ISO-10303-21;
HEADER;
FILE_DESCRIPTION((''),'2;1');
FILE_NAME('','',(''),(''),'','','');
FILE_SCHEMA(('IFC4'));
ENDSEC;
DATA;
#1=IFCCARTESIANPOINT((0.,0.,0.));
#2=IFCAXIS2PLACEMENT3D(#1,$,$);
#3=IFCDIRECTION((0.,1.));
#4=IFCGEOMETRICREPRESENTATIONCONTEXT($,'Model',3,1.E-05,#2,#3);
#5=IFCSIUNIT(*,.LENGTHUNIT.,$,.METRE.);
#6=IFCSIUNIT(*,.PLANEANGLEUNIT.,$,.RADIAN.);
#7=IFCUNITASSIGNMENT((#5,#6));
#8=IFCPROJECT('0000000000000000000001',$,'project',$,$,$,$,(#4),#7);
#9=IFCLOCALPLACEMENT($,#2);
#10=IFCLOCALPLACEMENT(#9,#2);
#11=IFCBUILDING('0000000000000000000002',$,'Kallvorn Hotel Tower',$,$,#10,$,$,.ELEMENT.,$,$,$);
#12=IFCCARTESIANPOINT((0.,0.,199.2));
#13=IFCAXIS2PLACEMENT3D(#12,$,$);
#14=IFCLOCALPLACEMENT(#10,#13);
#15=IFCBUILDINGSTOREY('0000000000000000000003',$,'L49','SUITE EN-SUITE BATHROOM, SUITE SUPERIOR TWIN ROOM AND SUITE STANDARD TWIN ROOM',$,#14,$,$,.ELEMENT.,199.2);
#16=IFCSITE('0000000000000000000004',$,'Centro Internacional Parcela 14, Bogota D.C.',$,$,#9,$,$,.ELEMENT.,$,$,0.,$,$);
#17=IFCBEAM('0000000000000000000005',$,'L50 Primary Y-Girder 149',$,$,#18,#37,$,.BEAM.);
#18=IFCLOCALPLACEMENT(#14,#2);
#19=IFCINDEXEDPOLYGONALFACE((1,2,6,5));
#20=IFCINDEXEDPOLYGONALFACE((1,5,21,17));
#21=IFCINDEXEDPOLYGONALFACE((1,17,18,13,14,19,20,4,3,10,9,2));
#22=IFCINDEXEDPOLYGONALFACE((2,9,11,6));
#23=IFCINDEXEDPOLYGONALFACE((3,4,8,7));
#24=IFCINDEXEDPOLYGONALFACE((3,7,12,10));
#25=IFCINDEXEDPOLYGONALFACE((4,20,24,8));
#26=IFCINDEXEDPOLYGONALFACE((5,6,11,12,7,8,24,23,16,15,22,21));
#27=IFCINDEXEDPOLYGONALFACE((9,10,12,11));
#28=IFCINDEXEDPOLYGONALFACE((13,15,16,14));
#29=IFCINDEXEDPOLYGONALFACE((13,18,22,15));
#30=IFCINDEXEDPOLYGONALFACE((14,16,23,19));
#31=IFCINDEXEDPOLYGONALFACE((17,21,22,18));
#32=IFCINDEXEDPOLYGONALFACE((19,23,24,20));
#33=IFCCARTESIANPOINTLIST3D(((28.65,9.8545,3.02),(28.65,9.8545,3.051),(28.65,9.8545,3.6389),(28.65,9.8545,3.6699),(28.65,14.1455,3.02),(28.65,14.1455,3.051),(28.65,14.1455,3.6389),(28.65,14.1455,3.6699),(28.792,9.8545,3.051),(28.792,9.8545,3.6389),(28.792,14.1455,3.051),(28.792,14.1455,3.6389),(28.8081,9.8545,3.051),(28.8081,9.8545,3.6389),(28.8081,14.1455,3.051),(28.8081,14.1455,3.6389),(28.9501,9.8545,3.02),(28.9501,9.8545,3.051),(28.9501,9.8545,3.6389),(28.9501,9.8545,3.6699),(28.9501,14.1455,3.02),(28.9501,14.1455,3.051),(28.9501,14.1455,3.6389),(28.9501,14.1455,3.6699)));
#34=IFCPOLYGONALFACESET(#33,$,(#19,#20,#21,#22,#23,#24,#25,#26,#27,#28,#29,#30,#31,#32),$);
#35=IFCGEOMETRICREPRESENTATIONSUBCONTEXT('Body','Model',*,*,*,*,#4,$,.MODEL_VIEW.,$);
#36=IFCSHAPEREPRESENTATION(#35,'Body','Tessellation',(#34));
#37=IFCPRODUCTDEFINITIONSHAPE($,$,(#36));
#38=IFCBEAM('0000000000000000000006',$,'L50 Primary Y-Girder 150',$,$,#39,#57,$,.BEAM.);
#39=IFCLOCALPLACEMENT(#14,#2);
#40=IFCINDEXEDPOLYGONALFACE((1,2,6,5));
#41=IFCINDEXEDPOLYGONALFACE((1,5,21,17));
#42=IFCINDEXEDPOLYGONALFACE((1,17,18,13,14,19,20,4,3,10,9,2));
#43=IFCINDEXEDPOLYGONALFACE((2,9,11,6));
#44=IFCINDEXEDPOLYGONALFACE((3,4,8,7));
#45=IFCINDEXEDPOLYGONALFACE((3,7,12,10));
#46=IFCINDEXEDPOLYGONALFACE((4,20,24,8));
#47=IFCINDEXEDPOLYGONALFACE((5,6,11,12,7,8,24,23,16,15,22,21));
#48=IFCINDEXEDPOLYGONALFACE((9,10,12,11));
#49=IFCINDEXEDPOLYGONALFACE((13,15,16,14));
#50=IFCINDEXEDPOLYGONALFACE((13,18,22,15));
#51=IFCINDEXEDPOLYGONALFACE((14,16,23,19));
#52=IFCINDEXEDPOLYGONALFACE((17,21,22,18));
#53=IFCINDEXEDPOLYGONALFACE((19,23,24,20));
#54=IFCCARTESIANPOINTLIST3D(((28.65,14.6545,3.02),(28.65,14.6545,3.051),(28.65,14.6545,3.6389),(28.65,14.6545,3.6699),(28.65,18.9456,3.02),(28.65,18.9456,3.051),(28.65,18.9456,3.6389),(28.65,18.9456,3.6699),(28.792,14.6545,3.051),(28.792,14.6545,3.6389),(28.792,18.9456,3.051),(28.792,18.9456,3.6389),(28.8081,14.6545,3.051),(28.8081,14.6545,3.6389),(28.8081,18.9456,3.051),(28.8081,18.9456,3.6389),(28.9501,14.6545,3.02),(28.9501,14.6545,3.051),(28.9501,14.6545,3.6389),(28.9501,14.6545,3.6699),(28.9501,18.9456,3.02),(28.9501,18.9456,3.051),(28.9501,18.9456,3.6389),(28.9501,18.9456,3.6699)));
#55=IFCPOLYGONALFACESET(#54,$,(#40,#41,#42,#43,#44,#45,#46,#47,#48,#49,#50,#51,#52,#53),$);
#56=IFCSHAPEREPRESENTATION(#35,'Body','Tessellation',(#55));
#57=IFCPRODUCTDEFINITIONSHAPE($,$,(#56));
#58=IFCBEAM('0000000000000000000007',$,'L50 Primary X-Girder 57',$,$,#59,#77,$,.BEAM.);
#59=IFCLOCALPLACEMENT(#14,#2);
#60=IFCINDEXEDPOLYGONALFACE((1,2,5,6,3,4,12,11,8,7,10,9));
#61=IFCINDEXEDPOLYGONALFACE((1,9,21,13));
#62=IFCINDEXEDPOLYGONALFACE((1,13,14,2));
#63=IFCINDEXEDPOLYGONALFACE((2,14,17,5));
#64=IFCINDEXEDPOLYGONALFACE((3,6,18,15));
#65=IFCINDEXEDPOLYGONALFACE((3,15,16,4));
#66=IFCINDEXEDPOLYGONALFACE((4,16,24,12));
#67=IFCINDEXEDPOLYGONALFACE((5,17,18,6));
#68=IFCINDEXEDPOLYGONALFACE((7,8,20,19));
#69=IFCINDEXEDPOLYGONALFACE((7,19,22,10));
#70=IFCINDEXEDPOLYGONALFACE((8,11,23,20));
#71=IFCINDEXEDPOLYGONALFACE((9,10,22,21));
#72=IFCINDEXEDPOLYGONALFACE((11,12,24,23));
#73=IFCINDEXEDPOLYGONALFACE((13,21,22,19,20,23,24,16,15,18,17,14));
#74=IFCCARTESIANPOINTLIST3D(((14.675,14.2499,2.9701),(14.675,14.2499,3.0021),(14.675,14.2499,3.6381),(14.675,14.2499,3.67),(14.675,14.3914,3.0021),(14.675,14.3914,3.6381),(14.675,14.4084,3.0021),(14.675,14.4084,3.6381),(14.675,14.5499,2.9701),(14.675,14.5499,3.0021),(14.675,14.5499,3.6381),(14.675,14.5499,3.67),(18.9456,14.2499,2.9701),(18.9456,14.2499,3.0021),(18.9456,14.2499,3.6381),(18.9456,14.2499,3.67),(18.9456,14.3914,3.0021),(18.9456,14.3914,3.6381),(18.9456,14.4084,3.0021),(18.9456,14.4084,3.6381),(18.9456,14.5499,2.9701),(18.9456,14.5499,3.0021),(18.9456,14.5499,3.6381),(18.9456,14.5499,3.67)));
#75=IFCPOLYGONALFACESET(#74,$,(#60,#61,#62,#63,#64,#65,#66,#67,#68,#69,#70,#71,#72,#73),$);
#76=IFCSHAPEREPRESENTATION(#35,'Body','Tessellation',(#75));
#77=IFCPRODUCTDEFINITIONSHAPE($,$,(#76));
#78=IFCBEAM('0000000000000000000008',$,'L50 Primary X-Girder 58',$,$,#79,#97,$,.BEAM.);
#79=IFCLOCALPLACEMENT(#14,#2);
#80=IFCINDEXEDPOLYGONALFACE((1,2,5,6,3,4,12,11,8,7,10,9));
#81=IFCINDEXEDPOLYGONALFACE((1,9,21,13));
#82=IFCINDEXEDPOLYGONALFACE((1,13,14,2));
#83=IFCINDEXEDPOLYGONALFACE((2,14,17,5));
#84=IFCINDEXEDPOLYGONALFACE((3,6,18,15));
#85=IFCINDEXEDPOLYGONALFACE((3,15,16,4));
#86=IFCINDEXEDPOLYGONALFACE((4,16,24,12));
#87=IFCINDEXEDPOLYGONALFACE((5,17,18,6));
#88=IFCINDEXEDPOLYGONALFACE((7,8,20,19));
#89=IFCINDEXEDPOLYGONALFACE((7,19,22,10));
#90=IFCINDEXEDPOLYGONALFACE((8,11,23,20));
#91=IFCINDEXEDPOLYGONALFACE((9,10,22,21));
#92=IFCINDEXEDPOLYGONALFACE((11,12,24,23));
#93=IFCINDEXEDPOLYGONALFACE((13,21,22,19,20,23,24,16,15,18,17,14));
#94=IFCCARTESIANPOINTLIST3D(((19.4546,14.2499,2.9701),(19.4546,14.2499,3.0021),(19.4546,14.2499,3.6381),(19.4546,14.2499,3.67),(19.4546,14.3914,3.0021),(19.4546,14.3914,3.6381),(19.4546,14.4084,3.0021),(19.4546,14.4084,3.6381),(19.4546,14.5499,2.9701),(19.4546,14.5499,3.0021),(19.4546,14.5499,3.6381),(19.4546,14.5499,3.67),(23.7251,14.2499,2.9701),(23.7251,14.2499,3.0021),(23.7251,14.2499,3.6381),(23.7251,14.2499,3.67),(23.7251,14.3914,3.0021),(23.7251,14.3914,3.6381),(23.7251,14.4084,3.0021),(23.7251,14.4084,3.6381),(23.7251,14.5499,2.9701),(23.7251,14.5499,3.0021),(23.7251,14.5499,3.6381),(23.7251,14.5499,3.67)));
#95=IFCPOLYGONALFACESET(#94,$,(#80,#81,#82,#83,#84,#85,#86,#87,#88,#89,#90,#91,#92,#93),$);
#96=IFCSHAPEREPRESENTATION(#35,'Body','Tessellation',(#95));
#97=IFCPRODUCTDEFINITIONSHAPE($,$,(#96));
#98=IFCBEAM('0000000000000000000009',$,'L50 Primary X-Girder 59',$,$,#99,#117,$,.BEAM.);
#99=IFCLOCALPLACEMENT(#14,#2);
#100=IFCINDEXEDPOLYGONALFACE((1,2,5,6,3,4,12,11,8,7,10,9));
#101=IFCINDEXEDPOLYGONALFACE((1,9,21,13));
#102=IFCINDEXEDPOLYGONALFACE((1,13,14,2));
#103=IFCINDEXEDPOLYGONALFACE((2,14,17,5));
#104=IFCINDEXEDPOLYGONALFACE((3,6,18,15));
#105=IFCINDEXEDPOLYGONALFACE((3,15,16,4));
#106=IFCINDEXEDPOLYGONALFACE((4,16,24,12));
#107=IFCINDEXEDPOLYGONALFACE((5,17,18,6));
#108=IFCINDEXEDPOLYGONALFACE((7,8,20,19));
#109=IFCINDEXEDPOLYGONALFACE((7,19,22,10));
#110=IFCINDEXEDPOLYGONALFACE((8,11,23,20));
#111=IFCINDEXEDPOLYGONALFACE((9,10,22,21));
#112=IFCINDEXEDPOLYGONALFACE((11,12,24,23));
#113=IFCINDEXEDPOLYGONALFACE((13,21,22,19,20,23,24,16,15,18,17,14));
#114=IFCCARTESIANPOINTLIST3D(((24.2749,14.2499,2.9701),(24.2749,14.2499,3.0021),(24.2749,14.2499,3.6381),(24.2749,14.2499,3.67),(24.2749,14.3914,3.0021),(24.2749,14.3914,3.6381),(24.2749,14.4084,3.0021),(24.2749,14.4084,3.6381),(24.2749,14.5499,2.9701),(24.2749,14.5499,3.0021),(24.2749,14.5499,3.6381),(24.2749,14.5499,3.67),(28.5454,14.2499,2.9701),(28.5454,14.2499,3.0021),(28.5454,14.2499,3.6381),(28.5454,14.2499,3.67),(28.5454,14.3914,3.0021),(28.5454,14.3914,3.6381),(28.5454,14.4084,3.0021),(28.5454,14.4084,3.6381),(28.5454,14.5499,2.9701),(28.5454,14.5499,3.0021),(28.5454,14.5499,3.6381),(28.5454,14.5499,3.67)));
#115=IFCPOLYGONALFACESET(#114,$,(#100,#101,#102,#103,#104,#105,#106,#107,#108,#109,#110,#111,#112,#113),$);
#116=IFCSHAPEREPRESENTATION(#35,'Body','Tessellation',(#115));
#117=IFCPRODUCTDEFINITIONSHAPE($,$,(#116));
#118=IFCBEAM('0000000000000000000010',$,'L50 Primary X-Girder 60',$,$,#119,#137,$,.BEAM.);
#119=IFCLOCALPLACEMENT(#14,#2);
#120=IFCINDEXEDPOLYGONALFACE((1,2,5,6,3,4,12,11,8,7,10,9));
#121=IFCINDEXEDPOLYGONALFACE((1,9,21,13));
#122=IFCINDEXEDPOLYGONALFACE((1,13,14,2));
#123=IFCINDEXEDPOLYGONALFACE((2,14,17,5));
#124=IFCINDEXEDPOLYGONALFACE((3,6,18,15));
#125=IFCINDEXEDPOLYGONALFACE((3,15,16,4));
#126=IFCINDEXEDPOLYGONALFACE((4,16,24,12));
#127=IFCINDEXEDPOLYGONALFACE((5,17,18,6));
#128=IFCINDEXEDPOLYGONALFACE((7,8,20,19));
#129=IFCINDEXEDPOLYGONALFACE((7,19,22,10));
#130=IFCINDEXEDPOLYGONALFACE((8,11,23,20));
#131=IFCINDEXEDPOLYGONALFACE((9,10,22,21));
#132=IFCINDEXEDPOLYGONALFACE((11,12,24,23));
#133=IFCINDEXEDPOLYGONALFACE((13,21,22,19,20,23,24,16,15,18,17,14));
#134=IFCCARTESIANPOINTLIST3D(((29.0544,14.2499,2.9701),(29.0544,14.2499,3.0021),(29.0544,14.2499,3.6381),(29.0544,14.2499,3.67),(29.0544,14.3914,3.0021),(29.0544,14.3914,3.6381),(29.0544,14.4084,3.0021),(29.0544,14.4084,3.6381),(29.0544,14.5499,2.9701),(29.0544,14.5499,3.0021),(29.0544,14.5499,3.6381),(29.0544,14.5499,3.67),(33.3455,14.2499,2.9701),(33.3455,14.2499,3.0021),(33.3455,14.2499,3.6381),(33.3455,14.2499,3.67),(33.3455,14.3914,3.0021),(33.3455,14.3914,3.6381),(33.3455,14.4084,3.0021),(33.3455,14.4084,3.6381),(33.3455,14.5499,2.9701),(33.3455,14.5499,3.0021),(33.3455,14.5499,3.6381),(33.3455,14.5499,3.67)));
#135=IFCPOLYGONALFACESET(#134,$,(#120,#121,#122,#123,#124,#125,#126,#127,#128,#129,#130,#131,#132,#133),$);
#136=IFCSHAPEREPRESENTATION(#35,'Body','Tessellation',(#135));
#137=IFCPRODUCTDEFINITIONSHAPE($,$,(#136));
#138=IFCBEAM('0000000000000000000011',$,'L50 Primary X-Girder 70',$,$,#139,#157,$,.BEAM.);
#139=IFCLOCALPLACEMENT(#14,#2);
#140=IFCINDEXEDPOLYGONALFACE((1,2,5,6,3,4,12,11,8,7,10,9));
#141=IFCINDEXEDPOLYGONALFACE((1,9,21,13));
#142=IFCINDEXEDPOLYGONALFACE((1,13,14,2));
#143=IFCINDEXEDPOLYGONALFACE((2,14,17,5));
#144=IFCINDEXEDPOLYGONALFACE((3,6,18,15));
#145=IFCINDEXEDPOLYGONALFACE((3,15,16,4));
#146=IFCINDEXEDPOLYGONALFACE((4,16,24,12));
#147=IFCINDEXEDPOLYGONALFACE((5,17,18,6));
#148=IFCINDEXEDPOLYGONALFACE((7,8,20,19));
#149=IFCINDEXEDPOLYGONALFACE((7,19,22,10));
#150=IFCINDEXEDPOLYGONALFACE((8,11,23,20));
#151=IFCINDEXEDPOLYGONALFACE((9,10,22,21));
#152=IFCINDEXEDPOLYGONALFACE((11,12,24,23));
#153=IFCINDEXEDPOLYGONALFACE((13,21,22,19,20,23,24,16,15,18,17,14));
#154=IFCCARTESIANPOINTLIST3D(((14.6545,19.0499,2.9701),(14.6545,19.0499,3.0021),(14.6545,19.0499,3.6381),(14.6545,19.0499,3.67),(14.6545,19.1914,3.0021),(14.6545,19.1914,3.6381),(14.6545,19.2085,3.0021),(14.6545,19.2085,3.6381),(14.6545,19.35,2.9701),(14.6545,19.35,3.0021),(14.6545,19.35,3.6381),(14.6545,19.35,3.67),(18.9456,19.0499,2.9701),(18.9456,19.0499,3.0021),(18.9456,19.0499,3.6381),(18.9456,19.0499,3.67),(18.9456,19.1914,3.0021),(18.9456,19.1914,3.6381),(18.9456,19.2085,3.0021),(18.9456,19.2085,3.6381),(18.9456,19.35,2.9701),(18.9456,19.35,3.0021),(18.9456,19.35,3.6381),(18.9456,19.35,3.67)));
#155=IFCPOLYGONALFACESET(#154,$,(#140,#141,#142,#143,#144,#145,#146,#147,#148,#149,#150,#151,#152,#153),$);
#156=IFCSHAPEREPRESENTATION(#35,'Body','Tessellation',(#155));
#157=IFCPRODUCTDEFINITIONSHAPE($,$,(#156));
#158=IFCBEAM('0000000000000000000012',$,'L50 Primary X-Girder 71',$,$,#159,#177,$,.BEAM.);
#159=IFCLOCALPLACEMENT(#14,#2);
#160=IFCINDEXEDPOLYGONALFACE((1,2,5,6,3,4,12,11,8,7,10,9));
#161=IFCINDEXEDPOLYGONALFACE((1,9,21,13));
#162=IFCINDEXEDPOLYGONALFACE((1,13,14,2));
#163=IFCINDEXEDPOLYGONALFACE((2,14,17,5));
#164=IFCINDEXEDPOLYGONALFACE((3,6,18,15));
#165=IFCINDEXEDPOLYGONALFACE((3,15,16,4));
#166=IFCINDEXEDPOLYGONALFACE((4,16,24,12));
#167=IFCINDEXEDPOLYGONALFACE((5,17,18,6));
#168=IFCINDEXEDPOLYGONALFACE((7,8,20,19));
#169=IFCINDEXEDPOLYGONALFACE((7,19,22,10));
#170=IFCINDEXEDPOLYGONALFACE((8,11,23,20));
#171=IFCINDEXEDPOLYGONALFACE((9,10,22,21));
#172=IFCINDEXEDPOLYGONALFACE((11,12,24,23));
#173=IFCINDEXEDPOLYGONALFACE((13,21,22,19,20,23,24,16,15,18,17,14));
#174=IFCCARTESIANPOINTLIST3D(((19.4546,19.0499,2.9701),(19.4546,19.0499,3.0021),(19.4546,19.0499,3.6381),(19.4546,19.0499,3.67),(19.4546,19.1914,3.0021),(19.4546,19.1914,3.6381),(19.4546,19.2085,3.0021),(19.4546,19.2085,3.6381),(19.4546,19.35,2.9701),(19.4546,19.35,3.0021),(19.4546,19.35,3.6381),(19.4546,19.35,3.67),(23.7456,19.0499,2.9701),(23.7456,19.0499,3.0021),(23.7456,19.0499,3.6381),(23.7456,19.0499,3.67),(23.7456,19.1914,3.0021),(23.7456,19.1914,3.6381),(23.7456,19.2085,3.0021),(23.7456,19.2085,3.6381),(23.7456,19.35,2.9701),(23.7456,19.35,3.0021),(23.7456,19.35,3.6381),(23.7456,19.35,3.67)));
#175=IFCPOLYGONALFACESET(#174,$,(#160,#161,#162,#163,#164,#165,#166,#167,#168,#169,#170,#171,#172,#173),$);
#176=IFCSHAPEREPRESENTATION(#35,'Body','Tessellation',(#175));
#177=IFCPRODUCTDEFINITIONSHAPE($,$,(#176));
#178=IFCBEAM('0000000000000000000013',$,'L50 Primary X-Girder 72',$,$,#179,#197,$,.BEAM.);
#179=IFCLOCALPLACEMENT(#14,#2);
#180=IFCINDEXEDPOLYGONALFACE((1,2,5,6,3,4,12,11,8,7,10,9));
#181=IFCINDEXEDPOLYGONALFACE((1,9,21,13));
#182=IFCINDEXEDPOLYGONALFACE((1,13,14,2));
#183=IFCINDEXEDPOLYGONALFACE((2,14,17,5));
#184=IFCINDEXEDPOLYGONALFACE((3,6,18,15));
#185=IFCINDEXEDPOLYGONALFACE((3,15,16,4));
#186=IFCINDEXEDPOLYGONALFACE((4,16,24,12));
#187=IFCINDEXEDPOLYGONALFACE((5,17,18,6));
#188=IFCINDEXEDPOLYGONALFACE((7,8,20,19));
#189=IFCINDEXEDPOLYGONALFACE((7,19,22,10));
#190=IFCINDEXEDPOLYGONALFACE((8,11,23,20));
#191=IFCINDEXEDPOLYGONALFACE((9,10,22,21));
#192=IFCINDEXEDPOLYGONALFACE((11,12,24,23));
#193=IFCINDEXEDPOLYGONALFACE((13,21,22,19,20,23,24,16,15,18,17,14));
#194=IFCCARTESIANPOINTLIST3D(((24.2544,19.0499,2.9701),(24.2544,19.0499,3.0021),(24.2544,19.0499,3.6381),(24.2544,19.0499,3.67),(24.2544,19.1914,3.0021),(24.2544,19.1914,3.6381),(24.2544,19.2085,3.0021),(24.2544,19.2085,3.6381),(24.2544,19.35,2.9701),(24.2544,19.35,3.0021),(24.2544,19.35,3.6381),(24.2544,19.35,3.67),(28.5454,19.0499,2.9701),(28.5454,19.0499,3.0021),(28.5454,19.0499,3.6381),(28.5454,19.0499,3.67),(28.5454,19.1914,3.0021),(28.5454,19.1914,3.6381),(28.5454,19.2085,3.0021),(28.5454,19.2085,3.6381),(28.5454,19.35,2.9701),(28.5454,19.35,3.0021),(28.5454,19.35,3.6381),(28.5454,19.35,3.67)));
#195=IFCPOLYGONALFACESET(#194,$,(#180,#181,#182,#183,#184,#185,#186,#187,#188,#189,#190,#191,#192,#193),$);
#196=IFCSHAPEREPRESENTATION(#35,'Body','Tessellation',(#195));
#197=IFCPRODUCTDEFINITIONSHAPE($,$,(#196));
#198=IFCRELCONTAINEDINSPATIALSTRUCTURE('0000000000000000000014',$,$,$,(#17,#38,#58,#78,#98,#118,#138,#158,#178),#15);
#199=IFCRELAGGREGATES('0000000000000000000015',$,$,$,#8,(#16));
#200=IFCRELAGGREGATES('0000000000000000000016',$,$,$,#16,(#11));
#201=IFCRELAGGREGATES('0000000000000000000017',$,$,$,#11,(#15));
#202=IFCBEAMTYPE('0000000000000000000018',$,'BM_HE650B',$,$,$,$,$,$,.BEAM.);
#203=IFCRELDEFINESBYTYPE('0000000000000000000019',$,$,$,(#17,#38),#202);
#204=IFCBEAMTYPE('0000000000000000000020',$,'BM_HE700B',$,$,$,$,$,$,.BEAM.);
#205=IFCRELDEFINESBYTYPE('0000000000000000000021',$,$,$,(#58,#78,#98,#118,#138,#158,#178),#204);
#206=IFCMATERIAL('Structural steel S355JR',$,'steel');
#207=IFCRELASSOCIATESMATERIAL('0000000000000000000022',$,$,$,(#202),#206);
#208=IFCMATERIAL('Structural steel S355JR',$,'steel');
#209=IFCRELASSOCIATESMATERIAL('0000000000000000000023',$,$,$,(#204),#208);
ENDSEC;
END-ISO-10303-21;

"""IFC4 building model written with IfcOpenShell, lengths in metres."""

from ifc_helpers import new_model, si_unit, direction, frame, origin, origin_2d, place, context, subcontext, project, spatial, i_section, extrude, material, material_profile, profile_set, type_object, element, save


model = new_model("IFC4")

# Units and contexts
model_context = context("Model", 3, precision=1e-05, world=origin(), true_north=direction((0.0, 1.0)))
body_context = subcontext(model_context, "Body", "Model", "MODEL_VIEW")
ifc_project = project(units=[si_unit("LENGTHUNIT", "METRE"), si_unit("PLANEANGLEUNIT", "RADIAN")], contexts=[model_context])

# Site, building, storey
site_placement = place(None, origin())
site = spatial("IfcSite", under=ifc_project, at=site_placement, Name="Centro Internacional Parcela 14, Bogota D.C.", CompositionType="ELEMENT", RefElevation=0.0)
building_placement = place(site_placement, origin())
building = spatial("IfcBuilding", under=site, at=building_placement, Name="Kallvorn Hotel Tower", CompositionType="ELEMENT")
storey_placement = place(building_placement, frame((0.0, 0.0, 199.2)))
storey = spatial("IfcBuildingStorey", under=building, at=storey_placement, Name="L49", Description="SUITE EN-SUITE BATHROOM, SUITE SUPERIOR TWIN ROOM AND SUITE STANDARD TWIN ROOM", CompositionType="ELEMENT", Elevation=199.2)

# Beams
ifc_material_1 = material(Name="Structural steel S355JR", Category="steel")
ifc_material_profile_1 = material_profile(ifc_material_1, i_section(OverallWidth=0.3, OverallDepth=0.6499, WebThickness=0.0161, FlangeThickness=0.031, at=origin_2d()), Name="HE 650 B")
ifc_profile_set_1 = profile_set([ifc_material_profile_1], Name="Structural steel S355JR")
beam_type_1 = type_object("IfcBeamType", Name="BM_HE650B", PredefinedType="BEAM", material=ifc_profile_set_1)
for number, where, z_axis, x_axis, name in (
    (1, (28.8, 9.8545, 3.345), (0.0, 1.0, 0.0), (-1.0, 0.0, 0.0), "L50 Primary Y-Girder 149"),
    (2, (28.8, 14.6545, 3.345), (0.0, 1.0, 0.0), (-1.0, 0.0, 0.0), "L50 Primary Y-Girder 150"),
):
    element("IfcBeam", number, at=place(storey_placement, frame(where, z_axis=z_axis, x_axis=x_axis)), inside=storey, type_object=beam_type_1, Name=name, PredefinedType="BEAM", context=body_context, shape_type="SweptSolid", body=[
        extrude(i_section(OverallWidth=0.3, OverallDepth=0.6499, WebThickness=0.0161, FlangeThickness=0.031, at=origin_2d()), origin(), (0.0, 0.0, 1.0), 4.291),
    ])
ifc_material_2 = material(Name="Structural steel S355JR", Category="steel")
ifc_material_profile_2 = material_profile(ifc_material_2, i_section(OverallWidth=0.3, OverallDepth=0.7, WebThickness=0.0171, FlangeThickness=0.032, at=origin_2d()), Name="HE 700 B")
ifc_profile_set_2 = profile_set([ifc_material_profile_2], Name="Structural steel S355JR")
beam_type_2 = type_object("IfcBeamType", Name="BM_HE700B", PredefinedType="BEAM", material=ifc_profile_set_2)
for number, where, z_axis, x_axis, name in (
    (3, (14.675, 14.3999, 3.3201), (1.0, 0.0, 0.0), (0.0, 1.0, 0.0), "L50 Primary X-Girder 57"),
    (4, (19.4546, 14.3999, 3.3201), (1.0, 0.0, 0.0), (0.0, 1.0, 0.0), "L50 Primary X-Girder 58"),
    (5, (24.2749, 14.3999, 3.3201), (1.0, 0.0, 0.0), (0.0, 1.0, 0.0), "L50 Primary X-Girder 59"),
):
    element("IfcBeam", number, at=place(storey_placement, frame(where, z_axis=z_axis, x_axis=x_axis)), inside=storey, type_object=beam_type_2, Name=name, PredefinedType="BEAM", context=body_context, shape_type="SweptSolid", body=[
        extrude(i_section(OverallWidth=0.3, OverallDepth=0.7, WebThickness=0.0171, FlangeThickness=0.032, at=origin_2d()), origin(), (0.0, 0.0, 1.0), 4.2705),
    ])
for number, where, z_axis, x_axis, name in (
    (6, (29.0544, 14.3999, 3.3201), (1.0, 0.0, 0.0), (0.0, 1.0, 0.0), "L50 Primary X-Girder 60"),
    (7, (14.6545, 19.2, 3.3201), (1.0, 0.0, 0.0), (0.0, 1.0, 0.0), "L50 Primary X-Girder 70"),
    (8, (19.4546, 19.2, 3.3201), (1.0, 0.0, 0.0), (0.0, 1.0, 0.0), "L50 Primary X-Girder 71"),
    (9, (24.2544, 19.2, 3.3201), (1.0, 0.0, 0.0), (0.0, 1.0, 0.0), "L50 Primary X-Girder 72"),
):
    element("IfcBeam", number, at=place(storey_placement, frame(where, z_axis=z_axis, x_axis=x_axis)), inside=storey, type_object=beam_type_2, Name=name, PredefinedType="BEAM", context=body_context, shape_type="SweptSolid", body=[
        extrude(i_section(OverallWidth=0.3, OverallDepth=0.7, WebThickness=0.0171, FlangeThickness=0.032, at=origin_2d()), origin(), (0.0, 0.0, 1.0), 4.291),
    ])

save(model, "model.ifc")
